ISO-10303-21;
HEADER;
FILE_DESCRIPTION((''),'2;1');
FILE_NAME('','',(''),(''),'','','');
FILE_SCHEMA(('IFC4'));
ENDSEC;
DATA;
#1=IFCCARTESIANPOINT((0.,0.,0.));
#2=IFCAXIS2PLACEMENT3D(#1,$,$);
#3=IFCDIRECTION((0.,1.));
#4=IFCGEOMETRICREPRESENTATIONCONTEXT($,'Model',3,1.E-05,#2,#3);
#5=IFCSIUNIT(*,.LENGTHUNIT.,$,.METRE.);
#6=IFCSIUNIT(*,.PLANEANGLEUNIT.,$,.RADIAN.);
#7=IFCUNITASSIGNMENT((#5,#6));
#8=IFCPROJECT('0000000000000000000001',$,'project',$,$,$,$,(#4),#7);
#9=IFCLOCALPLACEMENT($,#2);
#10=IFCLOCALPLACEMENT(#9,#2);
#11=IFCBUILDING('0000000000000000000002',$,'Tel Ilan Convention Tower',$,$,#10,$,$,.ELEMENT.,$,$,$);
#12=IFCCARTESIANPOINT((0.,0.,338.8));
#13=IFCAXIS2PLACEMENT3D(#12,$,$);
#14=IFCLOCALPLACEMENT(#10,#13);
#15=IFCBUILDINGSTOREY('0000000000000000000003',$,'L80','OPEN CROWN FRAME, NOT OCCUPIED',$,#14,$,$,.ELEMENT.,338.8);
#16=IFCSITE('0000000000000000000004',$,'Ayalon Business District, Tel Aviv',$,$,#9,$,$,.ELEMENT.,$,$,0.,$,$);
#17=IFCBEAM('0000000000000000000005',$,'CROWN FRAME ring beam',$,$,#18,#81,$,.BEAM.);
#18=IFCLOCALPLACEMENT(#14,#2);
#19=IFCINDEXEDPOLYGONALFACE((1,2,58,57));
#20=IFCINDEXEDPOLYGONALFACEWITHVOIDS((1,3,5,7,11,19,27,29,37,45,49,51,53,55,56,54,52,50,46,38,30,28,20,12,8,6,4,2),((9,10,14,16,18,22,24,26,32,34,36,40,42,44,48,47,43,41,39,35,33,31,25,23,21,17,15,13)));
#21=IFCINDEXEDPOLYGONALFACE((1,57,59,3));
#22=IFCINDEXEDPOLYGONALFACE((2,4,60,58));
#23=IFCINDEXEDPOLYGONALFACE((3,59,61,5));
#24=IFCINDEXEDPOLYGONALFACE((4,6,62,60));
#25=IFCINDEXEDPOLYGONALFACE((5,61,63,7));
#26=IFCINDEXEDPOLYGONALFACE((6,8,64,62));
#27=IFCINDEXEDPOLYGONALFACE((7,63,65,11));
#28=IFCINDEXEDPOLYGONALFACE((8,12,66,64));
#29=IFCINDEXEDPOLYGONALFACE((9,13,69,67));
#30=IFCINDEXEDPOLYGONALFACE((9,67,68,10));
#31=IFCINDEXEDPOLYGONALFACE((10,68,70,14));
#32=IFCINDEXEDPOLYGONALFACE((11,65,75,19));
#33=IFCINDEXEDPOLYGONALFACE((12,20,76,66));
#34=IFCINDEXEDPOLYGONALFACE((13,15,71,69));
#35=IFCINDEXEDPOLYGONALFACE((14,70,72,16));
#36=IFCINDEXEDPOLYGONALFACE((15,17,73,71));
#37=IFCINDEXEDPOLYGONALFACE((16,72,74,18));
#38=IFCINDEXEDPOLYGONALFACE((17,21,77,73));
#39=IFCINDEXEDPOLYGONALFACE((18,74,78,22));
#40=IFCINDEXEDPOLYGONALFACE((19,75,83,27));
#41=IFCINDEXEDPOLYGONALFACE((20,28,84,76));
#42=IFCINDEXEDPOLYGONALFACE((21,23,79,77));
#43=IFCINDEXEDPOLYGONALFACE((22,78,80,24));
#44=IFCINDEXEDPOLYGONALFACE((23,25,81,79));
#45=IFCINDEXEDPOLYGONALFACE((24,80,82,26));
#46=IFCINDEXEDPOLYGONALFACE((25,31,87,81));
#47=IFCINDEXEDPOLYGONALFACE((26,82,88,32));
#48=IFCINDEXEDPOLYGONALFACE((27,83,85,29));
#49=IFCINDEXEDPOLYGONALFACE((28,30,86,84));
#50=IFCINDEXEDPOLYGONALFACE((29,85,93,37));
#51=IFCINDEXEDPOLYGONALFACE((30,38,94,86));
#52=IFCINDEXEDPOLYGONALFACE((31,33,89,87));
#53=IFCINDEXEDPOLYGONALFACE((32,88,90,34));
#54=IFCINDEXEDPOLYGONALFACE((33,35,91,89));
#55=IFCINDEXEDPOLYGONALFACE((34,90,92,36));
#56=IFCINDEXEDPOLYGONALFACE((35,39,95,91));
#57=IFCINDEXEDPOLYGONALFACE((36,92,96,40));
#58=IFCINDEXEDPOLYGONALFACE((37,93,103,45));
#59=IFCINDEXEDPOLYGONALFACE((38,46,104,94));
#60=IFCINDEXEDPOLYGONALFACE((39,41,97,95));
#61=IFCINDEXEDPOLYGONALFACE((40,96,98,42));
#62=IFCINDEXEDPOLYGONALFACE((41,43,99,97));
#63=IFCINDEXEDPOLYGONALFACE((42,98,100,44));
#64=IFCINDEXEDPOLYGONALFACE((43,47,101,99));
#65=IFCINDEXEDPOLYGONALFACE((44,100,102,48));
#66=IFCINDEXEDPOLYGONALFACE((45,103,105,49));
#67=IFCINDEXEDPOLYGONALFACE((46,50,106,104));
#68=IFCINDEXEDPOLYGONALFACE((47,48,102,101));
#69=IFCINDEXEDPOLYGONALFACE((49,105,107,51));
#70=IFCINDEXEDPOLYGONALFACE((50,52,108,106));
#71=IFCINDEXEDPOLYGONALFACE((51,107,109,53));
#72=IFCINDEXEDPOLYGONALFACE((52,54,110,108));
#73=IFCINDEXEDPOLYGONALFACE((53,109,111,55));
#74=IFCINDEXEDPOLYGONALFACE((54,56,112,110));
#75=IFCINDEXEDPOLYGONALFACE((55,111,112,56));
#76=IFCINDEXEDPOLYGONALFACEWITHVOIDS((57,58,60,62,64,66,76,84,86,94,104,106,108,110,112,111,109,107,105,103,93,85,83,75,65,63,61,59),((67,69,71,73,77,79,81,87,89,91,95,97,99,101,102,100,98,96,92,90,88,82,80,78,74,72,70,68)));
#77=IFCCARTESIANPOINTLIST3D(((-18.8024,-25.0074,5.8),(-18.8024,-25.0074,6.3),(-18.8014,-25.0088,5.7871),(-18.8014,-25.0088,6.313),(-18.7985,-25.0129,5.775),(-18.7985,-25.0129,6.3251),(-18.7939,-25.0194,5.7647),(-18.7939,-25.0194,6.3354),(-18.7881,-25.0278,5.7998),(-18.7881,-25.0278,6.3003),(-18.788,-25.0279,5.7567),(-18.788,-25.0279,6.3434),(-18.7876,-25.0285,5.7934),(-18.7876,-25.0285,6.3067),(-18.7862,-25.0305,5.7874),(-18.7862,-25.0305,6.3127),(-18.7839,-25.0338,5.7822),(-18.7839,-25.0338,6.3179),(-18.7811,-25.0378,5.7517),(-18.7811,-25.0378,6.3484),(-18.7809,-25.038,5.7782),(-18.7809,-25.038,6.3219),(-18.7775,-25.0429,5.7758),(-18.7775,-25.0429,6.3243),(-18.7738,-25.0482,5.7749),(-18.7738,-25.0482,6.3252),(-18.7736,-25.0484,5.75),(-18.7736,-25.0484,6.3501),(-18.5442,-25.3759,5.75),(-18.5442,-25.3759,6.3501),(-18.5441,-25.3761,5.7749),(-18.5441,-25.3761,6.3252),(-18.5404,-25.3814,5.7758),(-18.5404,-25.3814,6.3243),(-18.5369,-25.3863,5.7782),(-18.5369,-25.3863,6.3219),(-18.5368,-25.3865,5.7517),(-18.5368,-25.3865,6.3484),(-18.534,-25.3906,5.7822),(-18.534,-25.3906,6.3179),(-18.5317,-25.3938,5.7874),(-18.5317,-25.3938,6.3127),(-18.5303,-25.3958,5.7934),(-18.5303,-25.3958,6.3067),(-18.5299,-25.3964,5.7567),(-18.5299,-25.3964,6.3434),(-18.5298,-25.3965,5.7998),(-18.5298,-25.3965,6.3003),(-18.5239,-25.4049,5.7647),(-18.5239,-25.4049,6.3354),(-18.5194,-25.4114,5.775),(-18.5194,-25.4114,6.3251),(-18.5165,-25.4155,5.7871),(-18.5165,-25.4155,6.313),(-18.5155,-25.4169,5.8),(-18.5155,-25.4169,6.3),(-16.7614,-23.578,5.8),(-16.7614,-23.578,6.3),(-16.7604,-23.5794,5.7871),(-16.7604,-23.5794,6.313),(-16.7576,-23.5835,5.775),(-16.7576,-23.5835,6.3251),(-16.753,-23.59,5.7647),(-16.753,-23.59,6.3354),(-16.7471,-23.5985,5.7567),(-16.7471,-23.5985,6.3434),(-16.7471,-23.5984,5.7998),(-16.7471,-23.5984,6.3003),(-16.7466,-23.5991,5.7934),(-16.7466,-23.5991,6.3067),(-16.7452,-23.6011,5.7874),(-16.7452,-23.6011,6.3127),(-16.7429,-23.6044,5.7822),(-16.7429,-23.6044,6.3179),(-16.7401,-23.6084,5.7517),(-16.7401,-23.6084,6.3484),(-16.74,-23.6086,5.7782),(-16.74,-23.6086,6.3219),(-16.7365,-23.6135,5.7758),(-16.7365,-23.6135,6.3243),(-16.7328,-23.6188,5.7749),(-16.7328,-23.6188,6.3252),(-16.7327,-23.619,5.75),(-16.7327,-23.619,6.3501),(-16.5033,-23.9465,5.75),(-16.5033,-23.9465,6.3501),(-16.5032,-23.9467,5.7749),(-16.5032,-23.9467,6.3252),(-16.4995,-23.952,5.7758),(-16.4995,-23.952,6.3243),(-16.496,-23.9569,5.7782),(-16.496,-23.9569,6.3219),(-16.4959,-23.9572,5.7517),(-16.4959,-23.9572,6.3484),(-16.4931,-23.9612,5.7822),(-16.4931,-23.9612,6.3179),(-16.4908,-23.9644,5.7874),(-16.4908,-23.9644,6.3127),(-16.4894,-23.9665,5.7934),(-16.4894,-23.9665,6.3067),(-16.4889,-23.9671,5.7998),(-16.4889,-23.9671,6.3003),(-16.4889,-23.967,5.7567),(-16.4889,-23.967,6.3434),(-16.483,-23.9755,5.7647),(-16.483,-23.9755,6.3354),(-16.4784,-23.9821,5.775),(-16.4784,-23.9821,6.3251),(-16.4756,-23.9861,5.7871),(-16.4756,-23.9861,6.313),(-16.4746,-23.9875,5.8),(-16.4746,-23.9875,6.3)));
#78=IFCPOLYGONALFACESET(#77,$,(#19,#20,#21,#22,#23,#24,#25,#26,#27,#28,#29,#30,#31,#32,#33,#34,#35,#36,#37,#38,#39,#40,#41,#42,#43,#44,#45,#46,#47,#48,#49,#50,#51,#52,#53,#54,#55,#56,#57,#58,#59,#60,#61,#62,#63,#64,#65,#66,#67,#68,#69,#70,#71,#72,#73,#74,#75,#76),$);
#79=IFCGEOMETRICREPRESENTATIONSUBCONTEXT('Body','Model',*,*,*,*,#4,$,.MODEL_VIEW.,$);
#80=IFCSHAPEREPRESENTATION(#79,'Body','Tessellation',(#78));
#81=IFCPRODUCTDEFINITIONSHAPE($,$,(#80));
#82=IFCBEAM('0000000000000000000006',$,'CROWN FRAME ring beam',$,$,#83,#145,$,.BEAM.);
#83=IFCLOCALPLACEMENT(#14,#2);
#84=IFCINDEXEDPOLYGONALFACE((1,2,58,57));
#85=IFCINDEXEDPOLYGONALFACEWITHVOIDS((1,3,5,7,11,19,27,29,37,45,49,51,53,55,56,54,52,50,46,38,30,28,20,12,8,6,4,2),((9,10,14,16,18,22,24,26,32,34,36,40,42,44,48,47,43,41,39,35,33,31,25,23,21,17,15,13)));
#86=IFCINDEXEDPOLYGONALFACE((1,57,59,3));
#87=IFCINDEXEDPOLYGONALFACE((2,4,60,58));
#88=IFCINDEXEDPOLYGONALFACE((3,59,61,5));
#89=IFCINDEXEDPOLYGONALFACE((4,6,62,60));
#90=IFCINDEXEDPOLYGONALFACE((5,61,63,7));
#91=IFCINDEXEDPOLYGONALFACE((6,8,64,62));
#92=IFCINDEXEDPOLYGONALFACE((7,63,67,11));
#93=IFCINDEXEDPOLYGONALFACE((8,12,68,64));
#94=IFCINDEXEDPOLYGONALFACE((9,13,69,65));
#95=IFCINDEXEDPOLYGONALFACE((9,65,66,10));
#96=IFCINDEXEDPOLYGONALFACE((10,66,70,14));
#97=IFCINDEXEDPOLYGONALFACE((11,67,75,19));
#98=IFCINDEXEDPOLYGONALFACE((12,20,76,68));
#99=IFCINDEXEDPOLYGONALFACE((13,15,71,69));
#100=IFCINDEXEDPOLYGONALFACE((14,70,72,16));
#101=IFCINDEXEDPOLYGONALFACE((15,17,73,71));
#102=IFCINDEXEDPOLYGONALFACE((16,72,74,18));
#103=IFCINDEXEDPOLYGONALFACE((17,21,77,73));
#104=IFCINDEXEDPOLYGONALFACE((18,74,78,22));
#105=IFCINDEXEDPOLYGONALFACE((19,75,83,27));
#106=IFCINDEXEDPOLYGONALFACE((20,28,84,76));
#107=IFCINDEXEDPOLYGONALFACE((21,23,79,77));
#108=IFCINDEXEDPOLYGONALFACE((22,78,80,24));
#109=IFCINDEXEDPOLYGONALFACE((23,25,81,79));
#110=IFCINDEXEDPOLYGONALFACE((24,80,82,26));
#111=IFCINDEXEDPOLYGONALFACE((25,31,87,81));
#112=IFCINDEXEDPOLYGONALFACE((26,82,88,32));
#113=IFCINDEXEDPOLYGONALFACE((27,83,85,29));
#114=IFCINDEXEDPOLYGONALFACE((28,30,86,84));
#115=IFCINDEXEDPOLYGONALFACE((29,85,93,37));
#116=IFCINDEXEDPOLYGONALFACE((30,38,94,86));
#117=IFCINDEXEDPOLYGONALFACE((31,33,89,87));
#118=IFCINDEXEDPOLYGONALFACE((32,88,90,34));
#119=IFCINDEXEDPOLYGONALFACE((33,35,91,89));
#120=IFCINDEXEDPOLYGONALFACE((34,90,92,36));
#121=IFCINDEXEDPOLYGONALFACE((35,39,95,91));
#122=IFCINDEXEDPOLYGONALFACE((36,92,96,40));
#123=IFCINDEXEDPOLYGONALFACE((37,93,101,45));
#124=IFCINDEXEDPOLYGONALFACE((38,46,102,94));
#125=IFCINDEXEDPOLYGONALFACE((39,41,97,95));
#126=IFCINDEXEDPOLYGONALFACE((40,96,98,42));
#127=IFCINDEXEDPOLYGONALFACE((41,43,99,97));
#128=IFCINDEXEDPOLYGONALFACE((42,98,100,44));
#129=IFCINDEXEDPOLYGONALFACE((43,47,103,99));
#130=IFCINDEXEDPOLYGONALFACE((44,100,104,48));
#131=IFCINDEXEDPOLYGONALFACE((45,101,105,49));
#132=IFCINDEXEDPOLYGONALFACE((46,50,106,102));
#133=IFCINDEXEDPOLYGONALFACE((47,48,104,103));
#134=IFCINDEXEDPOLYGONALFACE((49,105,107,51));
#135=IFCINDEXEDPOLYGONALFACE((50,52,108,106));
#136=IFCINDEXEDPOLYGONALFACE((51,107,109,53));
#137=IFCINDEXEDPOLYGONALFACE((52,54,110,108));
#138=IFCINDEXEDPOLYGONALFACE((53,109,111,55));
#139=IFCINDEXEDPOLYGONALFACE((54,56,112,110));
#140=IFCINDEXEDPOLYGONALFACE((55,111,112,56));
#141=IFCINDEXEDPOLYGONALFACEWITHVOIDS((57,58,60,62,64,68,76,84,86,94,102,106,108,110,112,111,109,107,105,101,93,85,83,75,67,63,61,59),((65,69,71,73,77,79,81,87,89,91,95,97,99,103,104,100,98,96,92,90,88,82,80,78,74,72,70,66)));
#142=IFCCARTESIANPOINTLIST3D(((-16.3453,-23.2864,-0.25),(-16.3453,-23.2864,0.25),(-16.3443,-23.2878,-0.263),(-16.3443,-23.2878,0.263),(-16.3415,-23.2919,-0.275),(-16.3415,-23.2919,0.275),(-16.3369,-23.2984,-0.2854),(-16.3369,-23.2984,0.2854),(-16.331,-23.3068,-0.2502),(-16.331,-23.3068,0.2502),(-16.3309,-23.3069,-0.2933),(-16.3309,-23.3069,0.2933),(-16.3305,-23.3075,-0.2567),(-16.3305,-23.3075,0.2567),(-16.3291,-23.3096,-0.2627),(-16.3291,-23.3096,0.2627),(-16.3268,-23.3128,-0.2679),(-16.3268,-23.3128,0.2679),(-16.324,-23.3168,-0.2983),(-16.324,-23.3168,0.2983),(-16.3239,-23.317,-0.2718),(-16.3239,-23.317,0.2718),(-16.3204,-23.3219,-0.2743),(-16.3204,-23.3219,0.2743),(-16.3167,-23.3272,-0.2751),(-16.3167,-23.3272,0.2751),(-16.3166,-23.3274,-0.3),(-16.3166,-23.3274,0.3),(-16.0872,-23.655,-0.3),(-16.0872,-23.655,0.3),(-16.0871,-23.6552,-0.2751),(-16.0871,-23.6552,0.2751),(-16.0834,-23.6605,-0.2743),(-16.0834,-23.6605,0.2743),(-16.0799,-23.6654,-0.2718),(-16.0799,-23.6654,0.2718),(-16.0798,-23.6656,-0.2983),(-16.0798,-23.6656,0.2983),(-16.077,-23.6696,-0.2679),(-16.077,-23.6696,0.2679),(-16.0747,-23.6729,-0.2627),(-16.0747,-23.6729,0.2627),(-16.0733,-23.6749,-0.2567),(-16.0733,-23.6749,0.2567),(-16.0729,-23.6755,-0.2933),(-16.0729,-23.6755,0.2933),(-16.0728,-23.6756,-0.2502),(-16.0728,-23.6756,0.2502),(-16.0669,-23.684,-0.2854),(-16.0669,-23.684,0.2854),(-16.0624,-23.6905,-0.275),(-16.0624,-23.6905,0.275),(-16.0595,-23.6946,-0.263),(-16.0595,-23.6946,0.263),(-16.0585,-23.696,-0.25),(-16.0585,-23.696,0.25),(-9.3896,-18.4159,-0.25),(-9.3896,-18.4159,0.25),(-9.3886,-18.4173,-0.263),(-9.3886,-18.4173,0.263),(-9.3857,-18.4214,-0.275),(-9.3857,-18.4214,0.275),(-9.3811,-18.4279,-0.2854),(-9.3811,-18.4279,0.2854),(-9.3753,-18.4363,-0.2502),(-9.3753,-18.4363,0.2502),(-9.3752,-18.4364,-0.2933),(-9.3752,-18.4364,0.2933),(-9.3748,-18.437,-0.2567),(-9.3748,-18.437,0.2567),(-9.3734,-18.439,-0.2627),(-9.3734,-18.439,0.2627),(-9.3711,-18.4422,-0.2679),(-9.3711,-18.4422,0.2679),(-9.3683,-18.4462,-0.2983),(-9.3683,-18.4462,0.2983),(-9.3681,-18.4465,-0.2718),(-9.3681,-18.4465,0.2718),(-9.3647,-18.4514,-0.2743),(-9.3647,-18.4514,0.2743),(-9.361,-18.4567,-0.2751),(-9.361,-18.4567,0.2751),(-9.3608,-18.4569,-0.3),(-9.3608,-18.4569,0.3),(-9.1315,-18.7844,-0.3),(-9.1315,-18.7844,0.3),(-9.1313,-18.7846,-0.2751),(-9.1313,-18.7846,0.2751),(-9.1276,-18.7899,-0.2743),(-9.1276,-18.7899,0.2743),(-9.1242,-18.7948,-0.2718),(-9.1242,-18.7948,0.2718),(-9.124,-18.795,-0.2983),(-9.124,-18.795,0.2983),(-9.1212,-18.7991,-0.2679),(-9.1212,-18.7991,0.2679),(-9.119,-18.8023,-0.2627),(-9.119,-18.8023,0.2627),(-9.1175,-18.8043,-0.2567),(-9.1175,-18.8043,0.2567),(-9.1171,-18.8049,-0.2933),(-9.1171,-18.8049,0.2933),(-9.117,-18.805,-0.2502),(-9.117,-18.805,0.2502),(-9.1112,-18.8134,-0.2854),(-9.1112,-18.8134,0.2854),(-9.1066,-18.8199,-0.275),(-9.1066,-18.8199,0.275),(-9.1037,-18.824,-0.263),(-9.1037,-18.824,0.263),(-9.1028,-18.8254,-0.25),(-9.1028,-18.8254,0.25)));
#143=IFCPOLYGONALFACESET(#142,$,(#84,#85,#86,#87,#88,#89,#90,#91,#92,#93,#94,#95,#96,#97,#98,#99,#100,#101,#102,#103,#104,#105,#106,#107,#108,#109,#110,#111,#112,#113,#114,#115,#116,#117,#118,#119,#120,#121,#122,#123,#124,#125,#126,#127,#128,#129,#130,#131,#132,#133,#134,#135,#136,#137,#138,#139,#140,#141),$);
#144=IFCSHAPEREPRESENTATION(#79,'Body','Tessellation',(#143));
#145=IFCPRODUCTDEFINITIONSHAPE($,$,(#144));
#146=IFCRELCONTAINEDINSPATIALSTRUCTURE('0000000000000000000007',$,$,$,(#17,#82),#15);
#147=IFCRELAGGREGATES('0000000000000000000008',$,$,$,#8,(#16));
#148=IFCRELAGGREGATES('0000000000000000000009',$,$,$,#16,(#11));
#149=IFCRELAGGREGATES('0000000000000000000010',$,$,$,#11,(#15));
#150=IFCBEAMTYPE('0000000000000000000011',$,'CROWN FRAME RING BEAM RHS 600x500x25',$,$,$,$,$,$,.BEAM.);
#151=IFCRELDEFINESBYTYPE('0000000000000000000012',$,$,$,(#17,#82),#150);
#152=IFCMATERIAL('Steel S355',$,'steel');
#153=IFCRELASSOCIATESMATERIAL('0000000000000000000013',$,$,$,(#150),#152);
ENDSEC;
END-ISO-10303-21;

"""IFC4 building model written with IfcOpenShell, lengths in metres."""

from ifc_helpers import new_model, si_unit, direction, frame, origin, origin_2d, place, context, subcontext, project, spatial, hollow_rectangle, extrude, material, material_profile, profile_set, type_object, element, save


model = new_model("IFC4")

# Units and contexts
model_context = context("Model", 3, precision=1e-05, world=origin(), true_north=direction((0.0, 1.0)))
body_context = subcontext(model_context, "Body", "Model", "MODEL_VIEW")
ifc_project = project(units=[si_unit("LENGTHUNIT", "METRE"), si_unit("PLANEANGLEUNIT", "RADIAN")], contexts=[model_context])

# Site, building, storey
site_placement = place(None, origin())
site = spatial("IfcSite", under=ifc_project, at=site_placement, Name="Ayalon Business District, Tel Aviv", CompositionType="ELEMENT", RefElevation=0.0)
building_placement = place(site_placement, origin())
building = spatial("IfcBuilding", under=site, at=building_placement, Name="Tel Ilan Convention Tower", CompositionType="ELEMENT")
storey_placement = place(building_placement, frame((0.0, 0.0, 338.8)))
storey = spatial("IfcBuildingStorey", under=building, at=storey_placement, Name="L80", Description="OPEN CROWN FRAME, NOT OCCUPIED", CompositionType="ELEMENT", Elevation=338.8)

# Beams
ifc_material_1 = material(Name="Steel S355", Category="steel")
ifc_material_profile_1 = material_profile(ifc_material_1, hollow_rectangle(XDim=0.5, YDim=0.6001, WallThickness=0.0249, InnerFilletRadius=0.0249, OuterFilletRadius=0.05, at=origin_2d()), Name="RHS 600x500x25")
ifc_profile_set_1 = profile_set([ifc_material_profile_1], Name="Steel S355")
beam_type = type_object("IfcBeamType", Name="CROWN FRAME RING BEAM RHS 600x500x25", PredefinedType="BEAM", material=ifc_profile_set_1)
for number, where, z_axis, x_axis, name in (
    (1, (-18.6589, -25.2122, 6.05), (0.819094, 0.57366, 0.0), (-0.57366, 0.819094, 0.0), "CROWN FRAME ring beam"),
):
    element("IfcBeam", number, at=place(storey_placement, frame(where, z_axis=z_axis, x_axis=x_axis)), inside=storey, type_object=beam_type, Name=name, PredefinedType="BEAM", context=body_context, shape_type="SweptSolid", body=[
        extrude(hollow_rectangle(XDim=0.5, YDim=0.6001, WallThickness=0.0249, InnerFilletRadius=0.0249, OuterFilletRadius=0.05, at=origin_2d()), origin(), (0.0, 0.0, 1.0), 2.4917),
    ])
for number, where, z_axis, x_axis, name in (
    (2, (-16.2019, -23.4912, 0.0), (0.819147, 0.573584, 0.0), (-0.573584, 0.819147, 0.0), "CROWN FRAME ring beam"),
):
    element("IfcBeam", number, at=place(storey_placement, frame(where, z_axis=z_axis, x_axis=x_axis)), inside=storey, type_object=beam_type, Name=name, PredefinedType="BEAM", context=body_context, shape_type="SweptSolid", body=[
        extrude(hollow_rectangle(XDim=0.5, YDim=0.6001, WallThickness=0.0249, InnerFilletRadius=0.0249, OuterFilletRadius=0.05, at=origin_2d()), origin(), (0.0, 0.0, 1.0), 8.4915),
    ])

save(model, "model.ifc")
